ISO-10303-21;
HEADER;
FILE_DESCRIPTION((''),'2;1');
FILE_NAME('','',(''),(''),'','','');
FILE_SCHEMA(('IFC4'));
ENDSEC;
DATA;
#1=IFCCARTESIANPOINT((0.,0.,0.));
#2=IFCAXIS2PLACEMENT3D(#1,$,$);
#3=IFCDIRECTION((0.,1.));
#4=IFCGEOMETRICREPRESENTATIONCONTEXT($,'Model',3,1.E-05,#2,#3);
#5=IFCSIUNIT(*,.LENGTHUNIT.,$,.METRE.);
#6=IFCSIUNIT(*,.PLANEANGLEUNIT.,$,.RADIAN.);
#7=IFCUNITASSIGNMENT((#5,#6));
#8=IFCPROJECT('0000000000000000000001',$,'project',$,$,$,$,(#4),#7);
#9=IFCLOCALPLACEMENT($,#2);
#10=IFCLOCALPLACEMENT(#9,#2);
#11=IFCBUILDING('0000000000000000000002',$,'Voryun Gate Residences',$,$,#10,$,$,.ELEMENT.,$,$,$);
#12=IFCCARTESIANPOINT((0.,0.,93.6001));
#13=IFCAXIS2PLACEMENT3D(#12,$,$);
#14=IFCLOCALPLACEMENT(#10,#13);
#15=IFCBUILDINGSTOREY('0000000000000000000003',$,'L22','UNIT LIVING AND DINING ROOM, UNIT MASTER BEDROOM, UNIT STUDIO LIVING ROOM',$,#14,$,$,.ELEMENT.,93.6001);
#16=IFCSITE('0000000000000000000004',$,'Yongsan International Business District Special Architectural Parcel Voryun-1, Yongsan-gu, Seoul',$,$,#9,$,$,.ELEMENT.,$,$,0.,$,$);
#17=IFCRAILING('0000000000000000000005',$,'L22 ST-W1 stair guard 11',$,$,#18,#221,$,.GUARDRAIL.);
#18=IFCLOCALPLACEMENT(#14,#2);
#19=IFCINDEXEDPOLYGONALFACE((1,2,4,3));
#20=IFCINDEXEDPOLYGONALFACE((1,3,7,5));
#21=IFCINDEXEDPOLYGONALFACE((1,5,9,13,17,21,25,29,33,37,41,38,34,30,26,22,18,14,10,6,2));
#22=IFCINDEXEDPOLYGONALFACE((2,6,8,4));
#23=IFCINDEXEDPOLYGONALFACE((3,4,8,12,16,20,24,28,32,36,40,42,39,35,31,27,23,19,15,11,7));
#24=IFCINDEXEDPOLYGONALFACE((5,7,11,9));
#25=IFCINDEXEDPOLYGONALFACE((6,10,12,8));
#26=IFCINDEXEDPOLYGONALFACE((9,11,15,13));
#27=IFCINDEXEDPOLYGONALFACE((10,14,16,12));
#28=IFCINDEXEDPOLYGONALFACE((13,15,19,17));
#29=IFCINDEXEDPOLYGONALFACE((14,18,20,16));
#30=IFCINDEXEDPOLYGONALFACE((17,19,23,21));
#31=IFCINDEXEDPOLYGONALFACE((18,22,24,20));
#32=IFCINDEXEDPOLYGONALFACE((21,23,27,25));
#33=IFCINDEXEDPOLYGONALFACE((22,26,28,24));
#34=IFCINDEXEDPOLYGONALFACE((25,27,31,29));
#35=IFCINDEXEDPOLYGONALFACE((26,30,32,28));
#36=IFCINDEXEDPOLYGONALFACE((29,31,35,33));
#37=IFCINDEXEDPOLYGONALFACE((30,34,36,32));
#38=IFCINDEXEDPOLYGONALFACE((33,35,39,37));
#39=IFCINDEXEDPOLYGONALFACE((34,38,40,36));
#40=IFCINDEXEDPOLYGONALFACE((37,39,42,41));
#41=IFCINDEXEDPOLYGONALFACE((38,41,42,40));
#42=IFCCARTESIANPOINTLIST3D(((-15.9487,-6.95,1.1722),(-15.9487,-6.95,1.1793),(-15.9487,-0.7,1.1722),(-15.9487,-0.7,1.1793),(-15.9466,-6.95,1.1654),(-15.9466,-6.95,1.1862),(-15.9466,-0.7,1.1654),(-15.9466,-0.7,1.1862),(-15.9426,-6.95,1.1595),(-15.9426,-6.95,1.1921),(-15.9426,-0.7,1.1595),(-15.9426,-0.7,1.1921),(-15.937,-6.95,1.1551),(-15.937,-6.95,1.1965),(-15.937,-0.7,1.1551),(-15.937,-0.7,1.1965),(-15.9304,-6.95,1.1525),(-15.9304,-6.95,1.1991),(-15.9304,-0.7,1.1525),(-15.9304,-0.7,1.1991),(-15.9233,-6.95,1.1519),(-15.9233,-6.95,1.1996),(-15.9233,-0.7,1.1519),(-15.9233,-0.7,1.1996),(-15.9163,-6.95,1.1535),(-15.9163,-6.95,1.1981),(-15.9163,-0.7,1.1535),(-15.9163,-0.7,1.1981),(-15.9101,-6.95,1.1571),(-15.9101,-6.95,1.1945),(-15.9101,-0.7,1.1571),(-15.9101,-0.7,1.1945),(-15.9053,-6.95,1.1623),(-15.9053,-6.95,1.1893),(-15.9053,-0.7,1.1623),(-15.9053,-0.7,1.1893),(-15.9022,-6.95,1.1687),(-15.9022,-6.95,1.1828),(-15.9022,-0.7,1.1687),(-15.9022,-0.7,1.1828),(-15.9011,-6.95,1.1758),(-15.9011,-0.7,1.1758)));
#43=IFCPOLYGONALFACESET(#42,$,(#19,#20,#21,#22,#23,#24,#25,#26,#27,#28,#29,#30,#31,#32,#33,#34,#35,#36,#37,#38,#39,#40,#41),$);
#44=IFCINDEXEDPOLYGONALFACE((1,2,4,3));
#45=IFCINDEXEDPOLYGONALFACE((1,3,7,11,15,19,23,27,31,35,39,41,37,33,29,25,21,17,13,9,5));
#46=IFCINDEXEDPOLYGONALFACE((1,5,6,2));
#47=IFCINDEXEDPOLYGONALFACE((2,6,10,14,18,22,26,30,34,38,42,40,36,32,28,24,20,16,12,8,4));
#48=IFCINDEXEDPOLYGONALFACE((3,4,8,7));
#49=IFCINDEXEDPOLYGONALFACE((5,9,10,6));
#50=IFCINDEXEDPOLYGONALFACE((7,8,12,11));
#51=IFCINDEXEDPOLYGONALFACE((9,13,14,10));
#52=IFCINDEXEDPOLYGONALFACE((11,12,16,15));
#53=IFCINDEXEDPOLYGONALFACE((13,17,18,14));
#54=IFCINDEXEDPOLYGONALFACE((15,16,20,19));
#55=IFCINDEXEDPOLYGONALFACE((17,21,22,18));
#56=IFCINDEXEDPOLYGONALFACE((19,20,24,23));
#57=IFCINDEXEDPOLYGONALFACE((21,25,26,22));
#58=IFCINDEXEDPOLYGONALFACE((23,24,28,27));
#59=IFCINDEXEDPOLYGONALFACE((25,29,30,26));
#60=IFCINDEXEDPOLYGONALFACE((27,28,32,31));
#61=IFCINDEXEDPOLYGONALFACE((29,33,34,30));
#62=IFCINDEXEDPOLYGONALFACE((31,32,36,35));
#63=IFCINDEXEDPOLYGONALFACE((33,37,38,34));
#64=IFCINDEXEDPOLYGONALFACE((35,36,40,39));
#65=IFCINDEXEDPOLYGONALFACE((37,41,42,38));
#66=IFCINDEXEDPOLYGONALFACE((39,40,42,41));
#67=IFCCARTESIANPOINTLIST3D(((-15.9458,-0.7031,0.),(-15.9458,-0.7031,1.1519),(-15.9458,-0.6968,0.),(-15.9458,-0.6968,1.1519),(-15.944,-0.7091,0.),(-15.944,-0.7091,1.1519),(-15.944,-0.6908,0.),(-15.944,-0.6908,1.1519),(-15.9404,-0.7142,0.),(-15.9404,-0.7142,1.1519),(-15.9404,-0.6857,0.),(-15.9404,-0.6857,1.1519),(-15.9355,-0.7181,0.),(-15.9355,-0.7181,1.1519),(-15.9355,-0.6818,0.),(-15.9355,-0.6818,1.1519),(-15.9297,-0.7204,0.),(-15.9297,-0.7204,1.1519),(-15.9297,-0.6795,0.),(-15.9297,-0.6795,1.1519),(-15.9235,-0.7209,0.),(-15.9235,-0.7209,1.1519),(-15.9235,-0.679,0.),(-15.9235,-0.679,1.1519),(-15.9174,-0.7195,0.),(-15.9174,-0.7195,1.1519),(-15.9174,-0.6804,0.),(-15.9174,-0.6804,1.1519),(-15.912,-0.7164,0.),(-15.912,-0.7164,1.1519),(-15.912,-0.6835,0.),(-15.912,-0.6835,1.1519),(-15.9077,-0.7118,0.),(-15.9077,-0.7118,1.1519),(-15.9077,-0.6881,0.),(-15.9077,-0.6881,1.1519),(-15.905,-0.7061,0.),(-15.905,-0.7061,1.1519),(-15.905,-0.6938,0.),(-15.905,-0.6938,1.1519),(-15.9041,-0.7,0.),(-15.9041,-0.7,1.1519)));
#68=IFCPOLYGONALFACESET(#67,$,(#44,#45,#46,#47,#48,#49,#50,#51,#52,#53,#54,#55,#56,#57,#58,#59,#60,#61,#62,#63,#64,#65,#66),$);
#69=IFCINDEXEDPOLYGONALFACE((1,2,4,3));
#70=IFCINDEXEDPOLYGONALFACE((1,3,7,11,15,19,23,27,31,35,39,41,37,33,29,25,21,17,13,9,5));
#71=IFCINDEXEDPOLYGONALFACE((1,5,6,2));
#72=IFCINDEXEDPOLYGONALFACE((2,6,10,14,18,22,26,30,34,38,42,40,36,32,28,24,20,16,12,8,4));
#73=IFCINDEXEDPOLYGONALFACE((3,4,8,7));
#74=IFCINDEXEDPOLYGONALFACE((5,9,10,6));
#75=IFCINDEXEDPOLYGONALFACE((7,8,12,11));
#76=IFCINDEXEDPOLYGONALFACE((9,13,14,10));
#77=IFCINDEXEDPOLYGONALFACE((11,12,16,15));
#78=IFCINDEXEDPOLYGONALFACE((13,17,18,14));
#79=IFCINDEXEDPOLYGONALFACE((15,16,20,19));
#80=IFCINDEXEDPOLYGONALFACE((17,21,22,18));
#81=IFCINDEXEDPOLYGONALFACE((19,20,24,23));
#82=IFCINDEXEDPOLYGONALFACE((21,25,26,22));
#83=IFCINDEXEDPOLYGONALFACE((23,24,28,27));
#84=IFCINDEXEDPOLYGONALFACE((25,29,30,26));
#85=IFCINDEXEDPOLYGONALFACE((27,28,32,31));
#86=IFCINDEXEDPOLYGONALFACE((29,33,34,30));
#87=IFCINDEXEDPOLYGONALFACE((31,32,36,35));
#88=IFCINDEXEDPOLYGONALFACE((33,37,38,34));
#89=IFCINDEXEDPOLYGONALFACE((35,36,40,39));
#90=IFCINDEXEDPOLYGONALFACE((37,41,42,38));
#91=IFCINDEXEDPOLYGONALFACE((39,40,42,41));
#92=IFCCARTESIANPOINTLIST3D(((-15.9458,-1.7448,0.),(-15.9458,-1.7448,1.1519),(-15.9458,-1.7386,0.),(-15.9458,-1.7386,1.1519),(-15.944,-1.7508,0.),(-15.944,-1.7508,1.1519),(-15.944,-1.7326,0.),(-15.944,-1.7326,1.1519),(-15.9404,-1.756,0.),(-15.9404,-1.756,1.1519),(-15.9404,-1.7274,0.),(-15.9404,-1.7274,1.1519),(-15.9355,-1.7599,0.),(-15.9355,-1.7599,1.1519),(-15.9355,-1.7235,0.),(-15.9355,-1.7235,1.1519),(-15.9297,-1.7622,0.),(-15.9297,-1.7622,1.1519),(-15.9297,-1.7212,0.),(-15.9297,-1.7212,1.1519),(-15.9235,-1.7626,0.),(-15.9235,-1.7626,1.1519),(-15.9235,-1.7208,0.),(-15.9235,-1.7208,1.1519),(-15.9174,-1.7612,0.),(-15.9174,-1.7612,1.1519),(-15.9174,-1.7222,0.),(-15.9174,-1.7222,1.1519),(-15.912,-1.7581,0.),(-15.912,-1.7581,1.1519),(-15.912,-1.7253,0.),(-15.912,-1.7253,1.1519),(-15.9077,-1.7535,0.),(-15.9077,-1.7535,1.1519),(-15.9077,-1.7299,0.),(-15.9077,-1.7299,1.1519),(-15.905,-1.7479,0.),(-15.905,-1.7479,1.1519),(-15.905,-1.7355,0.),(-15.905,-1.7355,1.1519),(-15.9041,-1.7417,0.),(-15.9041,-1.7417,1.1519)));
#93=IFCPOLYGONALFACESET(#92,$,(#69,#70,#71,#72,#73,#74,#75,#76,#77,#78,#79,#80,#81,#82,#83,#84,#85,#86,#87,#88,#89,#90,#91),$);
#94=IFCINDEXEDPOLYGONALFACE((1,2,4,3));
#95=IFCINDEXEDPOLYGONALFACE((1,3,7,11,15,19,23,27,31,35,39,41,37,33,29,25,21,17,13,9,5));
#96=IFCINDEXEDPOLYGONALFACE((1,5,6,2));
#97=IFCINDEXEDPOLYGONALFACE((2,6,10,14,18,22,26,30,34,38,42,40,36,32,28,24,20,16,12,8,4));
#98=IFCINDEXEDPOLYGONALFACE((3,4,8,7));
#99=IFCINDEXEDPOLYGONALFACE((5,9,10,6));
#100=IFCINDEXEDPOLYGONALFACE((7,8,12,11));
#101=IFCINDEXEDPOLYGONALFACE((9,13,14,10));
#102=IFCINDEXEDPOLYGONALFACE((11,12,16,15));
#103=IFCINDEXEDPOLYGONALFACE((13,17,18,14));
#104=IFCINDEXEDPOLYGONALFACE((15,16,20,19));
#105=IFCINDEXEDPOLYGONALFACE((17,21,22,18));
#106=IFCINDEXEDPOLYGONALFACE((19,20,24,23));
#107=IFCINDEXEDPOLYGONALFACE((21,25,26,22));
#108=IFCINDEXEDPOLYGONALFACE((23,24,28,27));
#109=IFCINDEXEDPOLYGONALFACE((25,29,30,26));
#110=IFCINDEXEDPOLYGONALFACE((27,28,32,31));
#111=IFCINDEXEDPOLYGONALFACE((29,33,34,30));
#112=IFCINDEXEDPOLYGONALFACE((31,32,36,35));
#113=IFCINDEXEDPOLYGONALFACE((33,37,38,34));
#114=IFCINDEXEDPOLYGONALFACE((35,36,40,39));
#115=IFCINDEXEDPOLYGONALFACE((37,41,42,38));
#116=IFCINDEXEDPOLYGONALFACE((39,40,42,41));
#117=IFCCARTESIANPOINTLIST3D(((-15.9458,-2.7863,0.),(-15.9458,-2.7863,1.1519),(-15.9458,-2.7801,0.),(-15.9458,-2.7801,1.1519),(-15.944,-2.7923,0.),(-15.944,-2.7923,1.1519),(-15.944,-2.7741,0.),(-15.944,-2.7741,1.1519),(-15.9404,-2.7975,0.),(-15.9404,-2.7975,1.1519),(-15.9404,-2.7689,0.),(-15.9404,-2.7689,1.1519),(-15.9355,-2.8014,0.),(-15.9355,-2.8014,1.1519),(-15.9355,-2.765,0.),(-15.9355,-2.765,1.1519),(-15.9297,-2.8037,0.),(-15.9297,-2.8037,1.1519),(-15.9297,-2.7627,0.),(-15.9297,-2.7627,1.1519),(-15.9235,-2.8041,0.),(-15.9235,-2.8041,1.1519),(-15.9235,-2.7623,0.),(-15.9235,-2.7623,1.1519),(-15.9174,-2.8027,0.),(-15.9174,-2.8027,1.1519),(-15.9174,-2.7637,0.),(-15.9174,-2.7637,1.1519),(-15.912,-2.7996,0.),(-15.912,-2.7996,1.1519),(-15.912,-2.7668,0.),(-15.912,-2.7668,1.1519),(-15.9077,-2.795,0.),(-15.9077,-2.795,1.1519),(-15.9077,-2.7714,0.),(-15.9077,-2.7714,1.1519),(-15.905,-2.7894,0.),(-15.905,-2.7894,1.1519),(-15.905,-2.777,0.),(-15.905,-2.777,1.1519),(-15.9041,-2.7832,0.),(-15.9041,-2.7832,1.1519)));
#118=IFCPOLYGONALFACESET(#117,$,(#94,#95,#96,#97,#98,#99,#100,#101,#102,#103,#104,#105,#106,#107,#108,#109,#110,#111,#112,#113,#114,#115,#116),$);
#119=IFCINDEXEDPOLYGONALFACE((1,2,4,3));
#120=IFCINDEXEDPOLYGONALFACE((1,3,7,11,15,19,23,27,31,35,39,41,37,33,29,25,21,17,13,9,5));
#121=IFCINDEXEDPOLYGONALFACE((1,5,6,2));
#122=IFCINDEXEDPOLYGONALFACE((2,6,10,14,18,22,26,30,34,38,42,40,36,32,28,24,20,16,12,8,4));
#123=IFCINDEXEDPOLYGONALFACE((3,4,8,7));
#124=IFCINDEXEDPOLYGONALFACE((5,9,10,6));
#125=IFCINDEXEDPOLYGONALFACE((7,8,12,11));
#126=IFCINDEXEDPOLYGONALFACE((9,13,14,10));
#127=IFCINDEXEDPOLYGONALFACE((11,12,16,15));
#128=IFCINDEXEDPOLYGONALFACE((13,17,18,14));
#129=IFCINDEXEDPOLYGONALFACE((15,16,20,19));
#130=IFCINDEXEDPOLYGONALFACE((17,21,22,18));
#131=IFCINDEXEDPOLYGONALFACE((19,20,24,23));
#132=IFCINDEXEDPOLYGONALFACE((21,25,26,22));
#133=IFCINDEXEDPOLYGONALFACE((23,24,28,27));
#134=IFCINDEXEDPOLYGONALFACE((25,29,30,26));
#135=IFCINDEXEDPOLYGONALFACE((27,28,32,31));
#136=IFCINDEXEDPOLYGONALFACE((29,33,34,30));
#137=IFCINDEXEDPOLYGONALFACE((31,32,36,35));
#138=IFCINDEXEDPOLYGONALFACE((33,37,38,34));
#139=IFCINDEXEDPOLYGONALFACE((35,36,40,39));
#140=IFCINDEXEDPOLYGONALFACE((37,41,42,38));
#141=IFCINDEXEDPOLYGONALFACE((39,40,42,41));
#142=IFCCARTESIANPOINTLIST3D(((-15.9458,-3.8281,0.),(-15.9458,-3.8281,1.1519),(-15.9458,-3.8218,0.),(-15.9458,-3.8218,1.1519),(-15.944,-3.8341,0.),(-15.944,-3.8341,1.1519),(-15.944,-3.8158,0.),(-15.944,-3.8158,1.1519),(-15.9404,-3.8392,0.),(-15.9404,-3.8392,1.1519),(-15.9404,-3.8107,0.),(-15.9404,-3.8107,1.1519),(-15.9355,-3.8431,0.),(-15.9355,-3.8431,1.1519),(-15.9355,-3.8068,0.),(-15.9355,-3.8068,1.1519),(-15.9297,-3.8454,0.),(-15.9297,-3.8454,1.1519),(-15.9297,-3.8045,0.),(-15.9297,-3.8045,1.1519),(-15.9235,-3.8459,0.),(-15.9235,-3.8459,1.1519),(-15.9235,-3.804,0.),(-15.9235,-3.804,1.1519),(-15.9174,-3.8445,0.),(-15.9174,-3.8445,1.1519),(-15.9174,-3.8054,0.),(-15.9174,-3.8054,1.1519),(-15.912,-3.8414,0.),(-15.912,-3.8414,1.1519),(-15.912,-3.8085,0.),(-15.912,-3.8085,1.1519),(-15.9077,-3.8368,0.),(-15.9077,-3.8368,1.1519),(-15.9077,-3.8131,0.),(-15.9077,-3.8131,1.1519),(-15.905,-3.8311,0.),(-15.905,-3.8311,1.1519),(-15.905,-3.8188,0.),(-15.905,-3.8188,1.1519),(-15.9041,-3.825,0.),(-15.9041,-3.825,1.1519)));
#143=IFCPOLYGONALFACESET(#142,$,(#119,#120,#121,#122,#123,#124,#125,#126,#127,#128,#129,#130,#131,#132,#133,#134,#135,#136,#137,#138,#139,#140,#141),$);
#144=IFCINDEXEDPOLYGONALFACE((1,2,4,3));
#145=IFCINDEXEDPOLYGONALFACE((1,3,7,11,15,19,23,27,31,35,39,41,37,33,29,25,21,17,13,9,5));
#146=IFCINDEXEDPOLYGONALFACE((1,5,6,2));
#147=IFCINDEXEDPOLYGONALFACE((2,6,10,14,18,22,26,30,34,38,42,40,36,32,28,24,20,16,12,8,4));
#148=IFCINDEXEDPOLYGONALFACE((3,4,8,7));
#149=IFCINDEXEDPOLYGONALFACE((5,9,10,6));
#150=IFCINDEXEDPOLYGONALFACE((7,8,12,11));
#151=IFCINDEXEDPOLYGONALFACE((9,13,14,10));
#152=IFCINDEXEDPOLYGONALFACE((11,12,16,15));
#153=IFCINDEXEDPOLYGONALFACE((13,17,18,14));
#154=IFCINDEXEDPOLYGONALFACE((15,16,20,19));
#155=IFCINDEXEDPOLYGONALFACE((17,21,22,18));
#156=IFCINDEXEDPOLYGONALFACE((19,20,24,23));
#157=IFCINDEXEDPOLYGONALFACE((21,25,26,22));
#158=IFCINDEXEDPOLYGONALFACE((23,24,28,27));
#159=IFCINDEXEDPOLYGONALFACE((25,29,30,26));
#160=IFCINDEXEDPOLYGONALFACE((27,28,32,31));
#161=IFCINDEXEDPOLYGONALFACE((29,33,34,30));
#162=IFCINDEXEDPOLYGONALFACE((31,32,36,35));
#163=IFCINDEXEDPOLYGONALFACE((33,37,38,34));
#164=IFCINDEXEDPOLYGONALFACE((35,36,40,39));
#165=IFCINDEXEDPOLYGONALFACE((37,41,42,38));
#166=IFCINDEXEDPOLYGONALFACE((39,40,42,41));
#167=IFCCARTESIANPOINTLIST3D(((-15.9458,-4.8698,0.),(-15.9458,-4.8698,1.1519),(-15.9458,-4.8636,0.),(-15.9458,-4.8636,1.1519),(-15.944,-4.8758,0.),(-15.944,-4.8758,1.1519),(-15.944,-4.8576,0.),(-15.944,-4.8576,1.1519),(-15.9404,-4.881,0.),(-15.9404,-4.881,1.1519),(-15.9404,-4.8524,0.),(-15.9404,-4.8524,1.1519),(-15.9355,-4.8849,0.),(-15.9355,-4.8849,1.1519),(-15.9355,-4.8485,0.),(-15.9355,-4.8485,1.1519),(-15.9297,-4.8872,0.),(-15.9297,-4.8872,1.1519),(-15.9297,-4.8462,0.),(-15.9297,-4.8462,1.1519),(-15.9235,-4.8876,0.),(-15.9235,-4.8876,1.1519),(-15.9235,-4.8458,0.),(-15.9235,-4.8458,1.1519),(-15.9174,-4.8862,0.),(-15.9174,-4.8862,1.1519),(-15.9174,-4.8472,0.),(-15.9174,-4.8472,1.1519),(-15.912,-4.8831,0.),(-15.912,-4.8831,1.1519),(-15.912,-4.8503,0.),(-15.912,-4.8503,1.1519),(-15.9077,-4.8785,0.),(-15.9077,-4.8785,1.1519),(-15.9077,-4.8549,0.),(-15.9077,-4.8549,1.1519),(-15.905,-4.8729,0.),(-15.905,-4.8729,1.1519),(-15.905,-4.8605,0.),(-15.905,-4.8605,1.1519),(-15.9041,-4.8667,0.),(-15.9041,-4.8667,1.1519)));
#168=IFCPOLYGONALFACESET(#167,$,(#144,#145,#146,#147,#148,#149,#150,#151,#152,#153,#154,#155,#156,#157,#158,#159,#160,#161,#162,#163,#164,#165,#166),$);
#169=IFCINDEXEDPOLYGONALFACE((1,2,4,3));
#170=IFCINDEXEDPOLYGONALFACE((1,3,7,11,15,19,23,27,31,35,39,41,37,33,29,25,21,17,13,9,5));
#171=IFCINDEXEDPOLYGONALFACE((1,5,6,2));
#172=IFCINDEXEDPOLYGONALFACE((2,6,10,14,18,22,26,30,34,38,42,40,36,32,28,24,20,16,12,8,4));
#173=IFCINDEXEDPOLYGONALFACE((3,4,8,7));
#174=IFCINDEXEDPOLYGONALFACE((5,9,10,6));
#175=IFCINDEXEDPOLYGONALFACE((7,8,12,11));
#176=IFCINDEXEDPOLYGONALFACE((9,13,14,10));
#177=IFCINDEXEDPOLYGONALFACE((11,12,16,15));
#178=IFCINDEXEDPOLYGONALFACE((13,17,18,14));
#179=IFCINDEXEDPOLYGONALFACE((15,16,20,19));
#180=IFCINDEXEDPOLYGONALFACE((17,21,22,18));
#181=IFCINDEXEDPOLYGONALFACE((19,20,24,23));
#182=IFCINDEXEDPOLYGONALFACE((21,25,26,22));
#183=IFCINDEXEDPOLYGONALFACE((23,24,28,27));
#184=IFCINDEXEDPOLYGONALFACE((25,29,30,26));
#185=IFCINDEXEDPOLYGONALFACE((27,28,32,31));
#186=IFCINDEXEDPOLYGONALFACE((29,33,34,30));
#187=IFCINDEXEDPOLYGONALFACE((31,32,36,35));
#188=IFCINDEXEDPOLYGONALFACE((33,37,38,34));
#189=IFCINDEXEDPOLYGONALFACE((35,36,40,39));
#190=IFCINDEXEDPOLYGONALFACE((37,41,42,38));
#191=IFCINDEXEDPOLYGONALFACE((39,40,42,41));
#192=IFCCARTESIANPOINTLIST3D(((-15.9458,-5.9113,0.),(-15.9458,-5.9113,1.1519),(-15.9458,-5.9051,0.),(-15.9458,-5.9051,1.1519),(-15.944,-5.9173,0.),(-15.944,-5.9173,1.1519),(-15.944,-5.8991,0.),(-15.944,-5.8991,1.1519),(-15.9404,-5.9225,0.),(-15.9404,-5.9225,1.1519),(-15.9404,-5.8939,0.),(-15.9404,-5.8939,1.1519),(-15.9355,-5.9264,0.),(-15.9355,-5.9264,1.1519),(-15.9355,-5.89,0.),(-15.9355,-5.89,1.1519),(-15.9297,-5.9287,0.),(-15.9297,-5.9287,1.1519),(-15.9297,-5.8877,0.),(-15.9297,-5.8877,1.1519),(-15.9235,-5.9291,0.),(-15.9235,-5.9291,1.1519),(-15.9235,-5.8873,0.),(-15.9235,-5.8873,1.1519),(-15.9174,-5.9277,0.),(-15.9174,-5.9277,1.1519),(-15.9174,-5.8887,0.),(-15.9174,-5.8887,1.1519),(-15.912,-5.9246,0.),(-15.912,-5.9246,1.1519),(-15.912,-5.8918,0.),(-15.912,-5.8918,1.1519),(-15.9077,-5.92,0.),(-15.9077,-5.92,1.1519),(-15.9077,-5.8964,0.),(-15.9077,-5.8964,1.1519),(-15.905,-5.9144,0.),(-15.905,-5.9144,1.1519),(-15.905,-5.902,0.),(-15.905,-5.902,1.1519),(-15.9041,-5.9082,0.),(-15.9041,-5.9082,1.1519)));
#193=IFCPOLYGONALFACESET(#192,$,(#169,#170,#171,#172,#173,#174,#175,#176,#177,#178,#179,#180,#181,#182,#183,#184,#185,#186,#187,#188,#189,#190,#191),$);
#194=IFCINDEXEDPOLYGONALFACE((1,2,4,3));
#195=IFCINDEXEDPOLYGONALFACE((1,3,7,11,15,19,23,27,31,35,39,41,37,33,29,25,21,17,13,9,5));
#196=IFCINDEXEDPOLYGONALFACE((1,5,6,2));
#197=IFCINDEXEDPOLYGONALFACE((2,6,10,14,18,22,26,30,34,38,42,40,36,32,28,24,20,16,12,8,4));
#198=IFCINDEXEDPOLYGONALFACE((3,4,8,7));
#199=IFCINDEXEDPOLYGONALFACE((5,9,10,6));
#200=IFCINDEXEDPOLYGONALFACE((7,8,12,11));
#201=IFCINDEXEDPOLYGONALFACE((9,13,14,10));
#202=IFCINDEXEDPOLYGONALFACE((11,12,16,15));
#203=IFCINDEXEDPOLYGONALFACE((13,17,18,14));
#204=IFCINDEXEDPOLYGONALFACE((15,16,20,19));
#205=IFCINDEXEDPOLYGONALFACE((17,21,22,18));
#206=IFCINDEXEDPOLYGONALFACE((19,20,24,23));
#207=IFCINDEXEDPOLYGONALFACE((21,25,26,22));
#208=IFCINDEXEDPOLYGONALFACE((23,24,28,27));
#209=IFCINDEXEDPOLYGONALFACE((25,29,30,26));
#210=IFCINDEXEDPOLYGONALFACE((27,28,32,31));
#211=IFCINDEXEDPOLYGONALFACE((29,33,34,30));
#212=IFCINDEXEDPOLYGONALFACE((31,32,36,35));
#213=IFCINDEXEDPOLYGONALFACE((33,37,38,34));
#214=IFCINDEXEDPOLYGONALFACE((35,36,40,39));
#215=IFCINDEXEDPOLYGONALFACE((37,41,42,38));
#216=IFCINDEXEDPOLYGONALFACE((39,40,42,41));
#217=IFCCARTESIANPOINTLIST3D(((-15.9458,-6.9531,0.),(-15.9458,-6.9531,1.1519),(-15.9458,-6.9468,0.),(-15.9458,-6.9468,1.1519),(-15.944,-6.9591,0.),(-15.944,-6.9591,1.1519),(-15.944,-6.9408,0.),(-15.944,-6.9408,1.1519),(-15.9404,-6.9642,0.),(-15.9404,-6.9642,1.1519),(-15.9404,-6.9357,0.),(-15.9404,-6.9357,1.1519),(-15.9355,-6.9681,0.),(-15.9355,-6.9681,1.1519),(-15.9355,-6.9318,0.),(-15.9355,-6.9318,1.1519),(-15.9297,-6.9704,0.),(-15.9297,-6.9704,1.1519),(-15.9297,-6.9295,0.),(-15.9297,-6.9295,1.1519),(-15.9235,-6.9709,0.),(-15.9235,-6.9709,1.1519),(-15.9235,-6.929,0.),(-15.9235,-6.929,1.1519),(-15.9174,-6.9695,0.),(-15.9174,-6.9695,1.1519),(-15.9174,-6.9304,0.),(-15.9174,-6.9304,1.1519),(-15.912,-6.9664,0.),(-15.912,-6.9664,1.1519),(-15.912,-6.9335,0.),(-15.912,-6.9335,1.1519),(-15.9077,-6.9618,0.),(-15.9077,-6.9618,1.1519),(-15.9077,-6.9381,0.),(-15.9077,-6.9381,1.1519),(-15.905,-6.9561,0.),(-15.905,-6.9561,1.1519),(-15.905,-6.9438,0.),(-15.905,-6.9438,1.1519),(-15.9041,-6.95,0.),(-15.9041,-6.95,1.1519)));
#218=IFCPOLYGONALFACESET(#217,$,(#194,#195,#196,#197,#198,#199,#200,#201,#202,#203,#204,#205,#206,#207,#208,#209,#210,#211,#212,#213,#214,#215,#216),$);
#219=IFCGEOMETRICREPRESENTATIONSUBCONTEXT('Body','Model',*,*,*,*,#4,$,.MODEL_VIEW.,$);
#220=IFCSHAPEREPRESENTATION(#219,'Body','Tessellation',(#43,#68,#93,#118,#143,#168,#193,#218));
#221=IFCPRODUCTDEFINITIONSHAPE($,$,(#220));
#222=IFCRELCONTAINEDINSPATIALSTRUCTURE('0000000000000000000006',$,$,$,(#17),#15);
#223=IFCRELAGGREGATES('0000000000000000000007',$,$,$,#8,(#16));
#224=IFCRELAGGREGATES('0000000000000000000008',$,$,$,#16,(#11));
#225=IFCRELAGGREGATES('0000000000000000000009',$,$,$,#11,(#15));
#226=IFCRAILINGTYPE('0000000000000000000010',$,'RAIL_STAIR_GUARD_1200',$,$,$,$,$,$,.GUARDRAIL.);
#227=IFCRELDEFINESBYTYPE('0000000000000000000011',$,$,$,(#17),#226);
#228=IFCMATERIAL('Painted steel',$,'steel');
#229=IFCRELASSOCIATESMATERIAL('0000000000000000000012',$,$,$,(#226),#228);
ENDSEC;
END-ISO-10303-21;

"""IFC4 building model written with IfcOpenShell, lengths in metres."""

from ifc_helpers import new_model, si_unit, direction, frame, origin, origin_2d, place, context, subcontext, project, spatial, circle, extrude, material, type_object, element, save


model = new_model("IFC4")

# Units and contexts
model_context = context("Model", 3, precision=1e-05, world=origin(), true_north=direction((0.0, 1.0)))
body_context = subcontext(model_context, "Body", "Model", "MODEL_VIEW")
ifc_project = project(units=[si_unit("LENGTHUNIT", "METRE"), si_unit("PLANEANGLEUNIT", "RADIAN")], contexts=[model_context])

# Site, building, storey
site_placement = place(None, origin())
site = spatial("IfcSite", under=ifc_project, at=site_placement, Name="Yongsan International Business District Special Architectural Parcel Voryun-1, Yongsan-gu, Seoul", CompositionType="ELEMENT", RefElevation=0.0)
building_placement = place(site_placement, origin())
building = spatial("IfcBuilding", under=site, at=building_placement, Name="Voryun Gate Residences", CompositionType="ELEMENT")
storey_placement = place(building_placement, frame((0.0, 0.0, 93.6001)))
storey = spatial("IfcBuildingStorey", under=building, at=storey_placement, Name="L22", Description="UNIT LIVING AND DINING ROOM, UNIT MASTER BEDROOM, UNIT STUDIO LIVING ROOM", CompositionType="ELEMENT", Elevation=93.6001)

# Railing
ifc_material_1 = material(Name="Painted steel", Category="steel")
railing_type = type_object("IfcRailingType", Name="RAIL_STAIR_GUARD_1200", PredefinedType="GUARDRAIL", material=ifc_material_1)
railing_placement = place(storey_placement, frame((-15.925, -0.7, 0.0)))
element("IfcRailing", 1, at=railing_placement, inside=storey, type_object=railing_type, Name="L22 ST-W1 stair guard 11", PredefinedType="GUARDRAIL", context=body_context, shape_type="SweptSolid", body=[
    extrude(circle(Radius=0.0239, at=origin_2d()), frame((0.0, 0.0, 1.1758), z_axis=(0.0, -1.0, 0.0), x_axis=(1.0, 0.0, 0.0)), (0.0, 0.0, 1.0), 6.25),
    extrude(circle(Radius=0.021, at=origin_2d()), origin(), (0.0, 0.0, 1.0), 1.1519),
    extrude(circle(Radius=0.021, at=origin_2d()), frame((0.0, -1.0417, 0.0)), (0.0, 0.0, 1.0), 1.1519),
    extrude(circle(Radius=0.021, at=origin_2d()), frame((0.0, -2.0833, 0.0)), (0.0, 0.0, 1.0), 1.1519),
    extrude(circle(Radius=0.021, at=origin_2d()), frame((0.0, -3.125, 0.0)), (0.0, 0.0, 1.0), 1.1519),
    extrude(circle(Radius=0.021, at=origin_2d()), frame((0.0, -4.1667, 0.0)), (0.0, 0.0, 1.0), 1.1519),
    extrude(circle(Radius=0.021, at=origin_2d()), frame((0.0, -5.2083, 0.0)), (0.0, 0.0, 1.0), 1.1519),
    extrude(circle(Radius=0.021, at=origin_2d()), frame((0.0, -6.25, 0.0)), (0.0, 0.0, 1.0), 1.1519),
])

save(model, "model.ifc")
